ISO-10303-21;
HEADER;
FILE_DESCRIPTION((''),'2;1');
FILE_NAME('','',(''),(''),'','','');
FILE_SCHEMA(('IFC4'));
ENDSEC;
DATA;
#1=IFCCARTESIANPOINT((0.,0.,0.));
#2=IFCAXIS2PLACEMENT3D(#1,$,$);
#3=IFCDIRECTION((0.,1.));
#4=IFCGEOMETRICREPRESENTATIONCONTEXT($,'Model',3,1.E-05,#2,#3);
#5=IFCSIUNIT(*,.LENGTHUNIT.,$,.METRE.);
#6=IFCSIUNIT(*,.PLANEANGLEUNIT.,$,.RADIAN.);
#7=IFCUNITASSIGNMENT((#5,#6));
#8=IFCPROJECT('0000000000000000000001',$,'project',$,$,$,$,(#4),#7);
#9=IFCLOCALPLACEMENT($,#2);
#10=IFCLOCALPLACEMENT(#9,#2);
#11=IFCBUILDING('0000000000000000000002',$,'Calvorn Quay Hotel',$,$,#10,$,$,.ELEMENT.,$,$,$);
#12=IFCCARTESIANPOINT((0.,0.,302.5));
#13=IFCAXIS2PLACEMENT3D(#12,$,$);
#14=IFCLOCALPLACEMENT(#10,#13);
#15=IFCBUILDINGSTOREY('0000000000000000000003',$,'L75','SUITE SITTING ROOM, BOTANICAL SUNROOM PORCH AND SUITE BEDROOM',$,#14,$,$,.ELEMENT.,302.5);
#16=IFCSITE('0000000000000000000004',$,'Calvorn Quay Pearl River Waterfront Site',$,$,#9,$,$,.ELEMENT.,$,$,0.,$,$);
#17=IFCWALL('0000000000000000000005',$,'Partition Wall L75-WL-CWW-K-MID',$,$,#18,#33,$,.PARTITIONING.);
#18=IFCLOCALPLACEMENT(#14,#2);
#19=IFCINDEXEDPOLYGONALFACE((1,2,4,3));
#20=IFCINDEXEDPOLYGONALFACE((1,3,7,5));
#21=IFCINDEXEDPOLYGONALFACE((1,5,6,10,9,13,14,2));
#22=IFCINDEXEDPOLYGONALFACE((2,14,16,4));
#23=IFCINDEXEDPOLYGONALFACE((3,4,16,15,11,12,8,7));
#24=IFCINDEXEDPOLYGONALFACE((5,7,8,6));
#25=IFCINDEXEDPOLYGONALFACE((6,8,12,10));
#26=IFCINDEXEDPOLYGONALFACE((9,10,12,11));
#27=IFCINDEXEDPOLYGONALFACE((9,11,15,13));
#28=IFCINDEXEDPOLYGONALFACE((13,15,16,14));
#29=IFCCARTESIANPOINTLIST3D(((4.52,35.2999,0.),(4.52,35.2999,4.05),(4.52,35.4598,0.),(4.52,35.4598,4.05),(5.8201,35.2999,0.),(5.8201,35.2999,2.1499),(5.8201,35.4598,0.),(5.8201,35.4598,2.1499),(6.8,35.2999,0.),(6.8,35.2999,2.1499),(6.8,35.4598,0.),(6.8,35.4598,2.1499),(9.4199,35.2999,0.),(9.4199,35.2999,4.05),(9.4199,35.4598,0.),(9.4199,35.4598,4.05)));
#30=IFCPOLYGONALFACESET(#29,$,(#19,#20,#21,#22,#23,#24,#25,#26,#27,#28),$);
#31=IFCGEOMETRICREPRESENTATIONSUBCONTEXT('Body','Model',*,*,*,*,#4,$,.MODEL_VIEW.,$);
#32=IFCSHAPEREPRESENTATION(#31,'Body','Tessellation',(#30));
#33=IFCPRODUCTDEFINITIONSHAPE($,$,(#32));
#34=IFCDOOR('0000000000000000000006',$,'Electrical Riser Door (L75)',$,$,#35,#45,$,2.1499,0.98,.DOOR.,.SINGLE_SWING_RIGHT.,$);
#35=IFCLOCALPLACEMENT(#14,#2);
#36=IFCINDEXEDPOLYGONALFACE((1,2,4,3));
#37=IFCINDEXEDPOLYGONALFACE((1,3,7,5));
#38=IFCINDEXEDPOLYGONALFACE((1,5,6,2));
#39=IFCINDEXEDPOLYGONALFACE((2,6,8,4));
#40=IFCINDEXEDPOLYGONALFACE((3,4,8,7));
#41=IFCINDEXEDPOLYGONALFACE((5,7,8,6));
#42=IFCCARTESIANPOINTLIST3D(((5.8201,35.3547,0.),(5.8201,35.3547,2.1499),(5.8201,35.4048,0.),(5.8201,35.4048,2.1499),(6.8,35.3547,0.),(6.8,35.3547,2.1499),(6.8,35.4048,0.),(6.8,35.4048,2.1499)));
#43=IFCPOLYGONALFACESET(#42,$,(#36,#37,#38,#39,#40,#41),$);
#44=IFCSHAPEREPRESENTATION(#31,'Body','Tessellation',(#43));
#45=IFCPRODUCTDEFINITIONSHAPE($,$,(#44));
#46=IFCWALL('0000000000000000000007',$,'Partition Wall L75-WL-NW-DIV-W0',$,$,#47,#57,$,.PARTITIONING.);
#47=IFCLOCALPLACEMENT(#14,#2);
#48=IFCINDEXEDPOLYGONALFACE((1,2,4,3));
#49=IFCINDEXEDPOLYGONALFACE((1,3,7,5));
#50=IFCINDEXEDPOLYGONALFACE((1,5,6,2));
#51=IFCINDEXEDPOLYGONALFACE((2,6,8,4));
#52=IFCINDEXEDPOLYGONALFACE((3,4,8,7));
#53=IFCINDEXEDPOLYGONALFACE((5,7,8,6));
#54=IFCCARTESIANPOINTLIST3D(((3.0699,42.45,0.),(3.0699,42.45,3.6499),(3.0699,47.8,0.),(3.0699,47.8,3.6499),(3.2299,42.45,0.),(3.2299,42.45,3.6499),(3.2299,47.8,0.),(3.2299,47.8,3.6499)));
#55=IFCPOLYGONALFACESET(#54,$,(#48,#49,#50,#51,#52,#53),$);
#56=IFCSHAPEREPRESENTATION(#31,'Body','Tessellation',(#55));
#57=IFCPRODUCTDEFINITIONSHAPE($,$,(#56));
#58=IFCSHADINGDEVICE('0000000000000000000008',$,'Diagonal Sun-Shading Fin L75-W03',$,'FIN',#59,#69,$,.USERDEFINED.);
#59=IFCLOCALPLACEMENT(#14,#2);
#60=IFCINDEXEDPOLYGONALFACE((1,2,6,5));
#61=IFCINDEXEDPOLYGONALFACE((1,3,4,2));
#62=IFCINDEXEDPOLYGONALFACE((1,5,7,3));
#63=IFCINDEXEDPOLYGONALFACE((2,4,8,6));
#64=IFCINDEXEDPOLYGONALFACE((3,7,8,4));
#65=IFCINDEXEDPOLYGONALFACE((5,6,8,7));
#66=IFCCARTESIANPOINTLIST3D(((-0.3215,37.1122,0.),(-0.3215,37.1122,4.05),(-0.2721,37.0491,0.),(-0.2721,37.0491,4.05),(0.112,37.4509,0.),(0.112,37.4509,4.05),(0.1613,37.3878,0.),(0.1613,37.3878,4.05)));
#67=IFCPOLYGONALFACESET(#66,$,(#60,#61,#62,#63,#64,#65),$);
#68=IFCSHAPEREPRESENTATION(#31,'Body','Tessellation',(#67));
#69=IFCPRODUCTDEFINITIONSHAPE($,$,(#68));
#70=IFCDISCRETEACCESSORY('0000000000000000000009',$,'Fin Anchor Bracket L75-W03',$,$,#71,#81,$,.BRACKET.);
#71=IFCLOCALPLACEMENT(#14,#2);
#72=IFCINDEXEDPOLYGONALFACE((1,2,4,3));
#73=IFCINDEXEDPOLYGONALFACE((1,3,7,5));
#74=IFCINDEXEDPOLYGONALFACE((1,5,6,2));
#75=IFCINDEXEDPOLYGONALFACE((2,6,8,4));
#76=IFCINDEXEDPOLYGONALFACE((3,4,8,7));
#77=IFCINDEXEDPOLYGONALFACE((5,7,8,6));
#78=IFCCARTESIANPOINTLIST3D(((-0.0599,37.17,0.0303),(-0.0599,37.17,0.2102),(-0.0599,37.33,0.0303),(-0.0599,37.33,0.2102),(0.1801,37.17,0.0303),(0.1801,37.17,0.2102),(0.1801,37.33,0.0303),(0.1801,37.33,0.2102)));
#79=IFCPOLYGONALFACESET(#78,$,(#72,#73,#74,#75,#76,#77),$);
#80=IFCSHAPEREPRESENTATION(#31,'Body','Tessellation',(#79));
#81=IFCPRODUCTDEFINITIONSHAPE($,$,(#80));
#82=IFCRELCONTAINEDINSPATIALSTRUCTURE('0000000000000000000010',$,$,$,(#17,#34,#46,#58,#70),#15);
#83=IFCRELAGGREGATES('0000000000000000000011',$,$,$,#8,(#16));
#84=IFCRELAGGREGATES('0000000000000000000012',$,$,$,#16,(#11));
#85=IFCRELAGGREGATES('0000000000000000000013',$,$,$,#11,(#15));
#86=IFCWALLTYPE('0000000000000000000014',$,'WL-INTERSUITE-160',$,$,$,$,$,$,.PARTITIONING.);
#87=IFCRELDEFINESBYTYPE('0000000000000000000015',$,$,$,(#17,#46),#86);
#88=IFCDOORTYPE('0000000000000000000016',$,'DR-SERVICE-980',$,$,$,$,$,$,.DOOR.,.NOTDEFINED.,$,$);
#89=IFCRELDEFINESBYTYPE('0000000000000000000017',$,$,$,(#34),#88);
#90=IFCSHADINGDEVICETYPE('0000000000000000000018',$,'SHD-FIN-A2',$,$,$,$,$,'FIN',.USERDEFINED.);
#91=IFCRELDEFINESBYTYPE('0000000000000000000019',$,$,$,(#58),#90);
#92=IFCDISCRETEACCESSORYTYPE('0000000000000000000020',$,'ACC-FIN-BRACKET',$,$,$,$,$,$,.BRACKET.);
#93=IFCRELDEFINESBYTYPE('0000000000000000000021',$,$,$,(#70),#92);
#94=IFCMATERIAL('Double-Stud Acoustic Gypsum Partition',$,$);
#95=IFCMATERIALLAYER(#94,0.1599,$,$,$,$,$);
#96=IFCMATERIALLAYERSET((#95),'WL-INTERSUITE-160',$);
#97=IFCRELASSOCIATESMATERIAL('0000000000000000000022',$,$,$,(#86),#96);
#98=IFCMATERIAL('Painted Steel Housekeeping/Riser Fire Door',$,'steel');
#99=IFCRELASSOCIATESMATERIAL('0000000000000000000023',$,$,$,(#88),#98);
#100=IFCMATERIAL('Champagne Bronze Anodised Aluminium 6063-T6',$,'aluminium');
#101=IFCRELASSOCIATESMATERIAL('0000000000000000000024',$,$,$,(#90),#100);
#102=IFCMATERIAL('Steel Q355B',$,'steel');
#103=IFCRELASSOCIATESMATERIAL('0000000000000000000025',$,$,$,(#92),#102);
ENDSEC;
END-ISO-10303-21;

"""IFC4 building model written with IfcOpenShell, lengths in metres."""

from ifc_helpers import new_model, si_unit, direction, frame, frame_2d, origin, origin_2d, place, context, subcontext, project, spatial, rectangle, extrude, material, layer, layer_set, type_object, element, fill, save


model = new_model("IFC4")

# Units and contexts
model_context = context("Model", 3, precision=1e-05, world=origin(), true_north=direction((0.0, 1.0)))
body_context = subcontext(model_context, "Body", "Model", "MODEL_VIEW")
ifc_project = project(units=[si_unit("LENGTHUNIT", "METRE"), si_unit("PLANEANGLEUNIT", "RADIAN")], contexts=[model_context])

# Site, building, storey
site_placement = place(None, origin())
site = spatial("IfcSite", under=ifc_project, at=site_placement, Name="Calvorn Quay Pearl River Waterfront Site", CompositionType="ELEMENT", RefElevation=0.0)
building_placement = place(site_placement, origin())
building = spatial("IfcBuilding", under=site, at=building_placement, Name="Calvorn Quay Hotel", CompositionType="ELEMENT")
storey_placement = place(building_placement, frame((0.0, 0.0, 302.5)))
storey = spatial("IfcBuildingStorey", under=building, at=storey_placement, Name="L75", Description="SUITE SITTING ROOM, BOTANICAL SUNROOM PORCH AND SUITE BEDROOM", CompositionType="ELEMENT", Elevation=302.5)

# Wall, opening, door
ifc_material_1 = material(Name="Double-Stud Acoustic Gypsum Partition")
ifc_layer_1 = layer(ifc_material_1, 0.1599)
ifc_layer_set_1 = layer_set([ifc_layer_1], Name="WL-INTERSUITE-160")
wall_type_1 = type_object("IfcWallType", Name="WL-INTERSUITE-160", PredefinedType="PARTITIONING", material=ifc_layer_set_1)
wall_1_placement = place(storey_placement, frame((4.52, 35.3799, 0.0), z_axis=(0.0, 0.0, 1.0), x_axis=(1.0, 0.0, 0.0)))
wall_1 = element("IfcWall", 1, at=wall_1_placement, inside=storey, type_object=wall_type_1, Name="Partition Wall L75-WL-CWW-K-MID", PredefinedType="PARTITIONING", context=body_context, shape_type="SweptSolid", body=[
    extrude(rectangle(XDim=4.8999, YDim=0.1599, at=frame_2d((2.45, 0.0))), origin(), (0.0, 0.0, 1.0), 4.05),
])
opening_1_placement = place(wall_1_placement, frame((1.3, 0.0, 0.0)))
opening_1 = element("IfcOpeningElement", 2, at=opening_1_placement, cuts=wall_1, PredefinedType="OPENING", context=body_context, shape_type="SweptSolid", body=[
    extrude(rectangle(XDim=0.98, YDim=2.1499, at=frame_2d((0.49, 1.075))), frame((0.0, 0.0898, 0.0), z_axis=(0.0, -1.0, 0.0), x_axis=(1.0, 0.0, 0.0)), (0.0, 0.0, 1.0), 0.1799),
])
ifc_material_2 = material(Name="Painted Steel Housekeeping/Riser Fire Door", Category="steel")
door_type_1 = type_object("IfcDoorType", Name="DR-SERVICE-980", OperationType="NOTDEFINED", PredefinedType="DOOR", material=ifc_material_2)
door_1_placement = place(opening_1_placement, origin())
door_1 = element("IfcDoor", 3, at=door_1_placement, inside=storey, type_object=door_type_1, Name="Electrical Riser Door (L75)", OperationType="SINGLE_SWING_RIGHT", OverallHeight=2.1499, OverallWidth=0.98, PredefinedType="DOOR", context=body_context, shape_type="SweptSolid", body=[
    extrude(rectangle(XDim=0.98, YDim=2.1499, at=frame_2d((0.49, 1.075))), frame((0.0, 0.0249, 0.0), z_axis=(0.0, -1.0, 0.0), x_axis=(1.0, 0.0, 0.0)), (0.0, 0.0, 1.0), 0.05),
])
fill(opening_1, door_1)

# Wall
wall_2_placement = place(storey_placement, frame((3.1499, 42.45, 0.0), z_axis=(0.0, 0.0, 1.0), x_axis=(0.0, 1.0, 0.0)))
element("IfcWall", 4, at=wall_2_placement, inside=storey, type_object=wall_type_1, Name="Partition Wall L75-WL-NW-DIV-W0", PredefinedType="PARTITIONING", context=body_context, shape_type="SweptSolid", body=[
    extrude(rectangle(XDim=5.3501, YDim=0.1599, at=frame_2d((2.675, 0.0))), origin(), (0.0, 0.0, 1.0), 3.6499),
])

# Shading device
ifc_material_3 = material(Name="Champagne Bronze Anodised Aluminium 6063-T6", Category="aluminium")
shading_device_type = type_object("IfcShadingDeviceType", Name="SHD-FIN-A2", ElementType="FIN", PredefinedType="USERDEFINED", material=ifc_material_3)
shading_device_placement = place(storey_placement, frame((-0.0801, 37.25, 0.0), z_axis=(0.0, 0.0, 1.0), x_axis=(0.788011, 0.615661, 0.0)))
element("IfcShadingDevice", 5, at=shading_device_placement, inside=storey, type_object=shading_device_type, Name="Diagonal Sun-Shading Fin L75-W03", ObjectType="FIN", PredefinedType="USERDEFINED", context=body_context, shape_type="SweptSolid", body=[
    extrude(rectangle(XDim=0.55, YDim=0.0801, at=origin_2d()), origin(), (0.0, 0.0, 1.0), 4.05),
])

# Discrete accessory
ifc_material_4 = material(Name="Steel Q355B", Category="steel")
discrete_accessory_type = type_object("IfcDiscreteAccessoryType", Name="ACC-FIN-BRACKET", PredefinedType="BRACKET", material=ifc_material_4)
discrete_accessory_placement = place(storey_placement, frame((0.0601, 37.25, 0.0303), z_axis=(0.0, 0.0, 1.0), x_axis=(1.0, 0.0, 0.0)))
element("IfcDiscreteAccessory", 6, at=discrete_accessory_placement, inside=storey, type_object=discrete_accessory_type, Name="Fin Anchor Bracket L75-W03", PredefinedType="BRACKET", context=body_context, shape_type="SweptSolid", body=[
    extrude(rectangle(XDim=0.24, YDim=0.1599, at=origin_2d()), origin(), (0.0, 0.0, 1.0), 0.1799),
])

save(model, "model.ifc")
